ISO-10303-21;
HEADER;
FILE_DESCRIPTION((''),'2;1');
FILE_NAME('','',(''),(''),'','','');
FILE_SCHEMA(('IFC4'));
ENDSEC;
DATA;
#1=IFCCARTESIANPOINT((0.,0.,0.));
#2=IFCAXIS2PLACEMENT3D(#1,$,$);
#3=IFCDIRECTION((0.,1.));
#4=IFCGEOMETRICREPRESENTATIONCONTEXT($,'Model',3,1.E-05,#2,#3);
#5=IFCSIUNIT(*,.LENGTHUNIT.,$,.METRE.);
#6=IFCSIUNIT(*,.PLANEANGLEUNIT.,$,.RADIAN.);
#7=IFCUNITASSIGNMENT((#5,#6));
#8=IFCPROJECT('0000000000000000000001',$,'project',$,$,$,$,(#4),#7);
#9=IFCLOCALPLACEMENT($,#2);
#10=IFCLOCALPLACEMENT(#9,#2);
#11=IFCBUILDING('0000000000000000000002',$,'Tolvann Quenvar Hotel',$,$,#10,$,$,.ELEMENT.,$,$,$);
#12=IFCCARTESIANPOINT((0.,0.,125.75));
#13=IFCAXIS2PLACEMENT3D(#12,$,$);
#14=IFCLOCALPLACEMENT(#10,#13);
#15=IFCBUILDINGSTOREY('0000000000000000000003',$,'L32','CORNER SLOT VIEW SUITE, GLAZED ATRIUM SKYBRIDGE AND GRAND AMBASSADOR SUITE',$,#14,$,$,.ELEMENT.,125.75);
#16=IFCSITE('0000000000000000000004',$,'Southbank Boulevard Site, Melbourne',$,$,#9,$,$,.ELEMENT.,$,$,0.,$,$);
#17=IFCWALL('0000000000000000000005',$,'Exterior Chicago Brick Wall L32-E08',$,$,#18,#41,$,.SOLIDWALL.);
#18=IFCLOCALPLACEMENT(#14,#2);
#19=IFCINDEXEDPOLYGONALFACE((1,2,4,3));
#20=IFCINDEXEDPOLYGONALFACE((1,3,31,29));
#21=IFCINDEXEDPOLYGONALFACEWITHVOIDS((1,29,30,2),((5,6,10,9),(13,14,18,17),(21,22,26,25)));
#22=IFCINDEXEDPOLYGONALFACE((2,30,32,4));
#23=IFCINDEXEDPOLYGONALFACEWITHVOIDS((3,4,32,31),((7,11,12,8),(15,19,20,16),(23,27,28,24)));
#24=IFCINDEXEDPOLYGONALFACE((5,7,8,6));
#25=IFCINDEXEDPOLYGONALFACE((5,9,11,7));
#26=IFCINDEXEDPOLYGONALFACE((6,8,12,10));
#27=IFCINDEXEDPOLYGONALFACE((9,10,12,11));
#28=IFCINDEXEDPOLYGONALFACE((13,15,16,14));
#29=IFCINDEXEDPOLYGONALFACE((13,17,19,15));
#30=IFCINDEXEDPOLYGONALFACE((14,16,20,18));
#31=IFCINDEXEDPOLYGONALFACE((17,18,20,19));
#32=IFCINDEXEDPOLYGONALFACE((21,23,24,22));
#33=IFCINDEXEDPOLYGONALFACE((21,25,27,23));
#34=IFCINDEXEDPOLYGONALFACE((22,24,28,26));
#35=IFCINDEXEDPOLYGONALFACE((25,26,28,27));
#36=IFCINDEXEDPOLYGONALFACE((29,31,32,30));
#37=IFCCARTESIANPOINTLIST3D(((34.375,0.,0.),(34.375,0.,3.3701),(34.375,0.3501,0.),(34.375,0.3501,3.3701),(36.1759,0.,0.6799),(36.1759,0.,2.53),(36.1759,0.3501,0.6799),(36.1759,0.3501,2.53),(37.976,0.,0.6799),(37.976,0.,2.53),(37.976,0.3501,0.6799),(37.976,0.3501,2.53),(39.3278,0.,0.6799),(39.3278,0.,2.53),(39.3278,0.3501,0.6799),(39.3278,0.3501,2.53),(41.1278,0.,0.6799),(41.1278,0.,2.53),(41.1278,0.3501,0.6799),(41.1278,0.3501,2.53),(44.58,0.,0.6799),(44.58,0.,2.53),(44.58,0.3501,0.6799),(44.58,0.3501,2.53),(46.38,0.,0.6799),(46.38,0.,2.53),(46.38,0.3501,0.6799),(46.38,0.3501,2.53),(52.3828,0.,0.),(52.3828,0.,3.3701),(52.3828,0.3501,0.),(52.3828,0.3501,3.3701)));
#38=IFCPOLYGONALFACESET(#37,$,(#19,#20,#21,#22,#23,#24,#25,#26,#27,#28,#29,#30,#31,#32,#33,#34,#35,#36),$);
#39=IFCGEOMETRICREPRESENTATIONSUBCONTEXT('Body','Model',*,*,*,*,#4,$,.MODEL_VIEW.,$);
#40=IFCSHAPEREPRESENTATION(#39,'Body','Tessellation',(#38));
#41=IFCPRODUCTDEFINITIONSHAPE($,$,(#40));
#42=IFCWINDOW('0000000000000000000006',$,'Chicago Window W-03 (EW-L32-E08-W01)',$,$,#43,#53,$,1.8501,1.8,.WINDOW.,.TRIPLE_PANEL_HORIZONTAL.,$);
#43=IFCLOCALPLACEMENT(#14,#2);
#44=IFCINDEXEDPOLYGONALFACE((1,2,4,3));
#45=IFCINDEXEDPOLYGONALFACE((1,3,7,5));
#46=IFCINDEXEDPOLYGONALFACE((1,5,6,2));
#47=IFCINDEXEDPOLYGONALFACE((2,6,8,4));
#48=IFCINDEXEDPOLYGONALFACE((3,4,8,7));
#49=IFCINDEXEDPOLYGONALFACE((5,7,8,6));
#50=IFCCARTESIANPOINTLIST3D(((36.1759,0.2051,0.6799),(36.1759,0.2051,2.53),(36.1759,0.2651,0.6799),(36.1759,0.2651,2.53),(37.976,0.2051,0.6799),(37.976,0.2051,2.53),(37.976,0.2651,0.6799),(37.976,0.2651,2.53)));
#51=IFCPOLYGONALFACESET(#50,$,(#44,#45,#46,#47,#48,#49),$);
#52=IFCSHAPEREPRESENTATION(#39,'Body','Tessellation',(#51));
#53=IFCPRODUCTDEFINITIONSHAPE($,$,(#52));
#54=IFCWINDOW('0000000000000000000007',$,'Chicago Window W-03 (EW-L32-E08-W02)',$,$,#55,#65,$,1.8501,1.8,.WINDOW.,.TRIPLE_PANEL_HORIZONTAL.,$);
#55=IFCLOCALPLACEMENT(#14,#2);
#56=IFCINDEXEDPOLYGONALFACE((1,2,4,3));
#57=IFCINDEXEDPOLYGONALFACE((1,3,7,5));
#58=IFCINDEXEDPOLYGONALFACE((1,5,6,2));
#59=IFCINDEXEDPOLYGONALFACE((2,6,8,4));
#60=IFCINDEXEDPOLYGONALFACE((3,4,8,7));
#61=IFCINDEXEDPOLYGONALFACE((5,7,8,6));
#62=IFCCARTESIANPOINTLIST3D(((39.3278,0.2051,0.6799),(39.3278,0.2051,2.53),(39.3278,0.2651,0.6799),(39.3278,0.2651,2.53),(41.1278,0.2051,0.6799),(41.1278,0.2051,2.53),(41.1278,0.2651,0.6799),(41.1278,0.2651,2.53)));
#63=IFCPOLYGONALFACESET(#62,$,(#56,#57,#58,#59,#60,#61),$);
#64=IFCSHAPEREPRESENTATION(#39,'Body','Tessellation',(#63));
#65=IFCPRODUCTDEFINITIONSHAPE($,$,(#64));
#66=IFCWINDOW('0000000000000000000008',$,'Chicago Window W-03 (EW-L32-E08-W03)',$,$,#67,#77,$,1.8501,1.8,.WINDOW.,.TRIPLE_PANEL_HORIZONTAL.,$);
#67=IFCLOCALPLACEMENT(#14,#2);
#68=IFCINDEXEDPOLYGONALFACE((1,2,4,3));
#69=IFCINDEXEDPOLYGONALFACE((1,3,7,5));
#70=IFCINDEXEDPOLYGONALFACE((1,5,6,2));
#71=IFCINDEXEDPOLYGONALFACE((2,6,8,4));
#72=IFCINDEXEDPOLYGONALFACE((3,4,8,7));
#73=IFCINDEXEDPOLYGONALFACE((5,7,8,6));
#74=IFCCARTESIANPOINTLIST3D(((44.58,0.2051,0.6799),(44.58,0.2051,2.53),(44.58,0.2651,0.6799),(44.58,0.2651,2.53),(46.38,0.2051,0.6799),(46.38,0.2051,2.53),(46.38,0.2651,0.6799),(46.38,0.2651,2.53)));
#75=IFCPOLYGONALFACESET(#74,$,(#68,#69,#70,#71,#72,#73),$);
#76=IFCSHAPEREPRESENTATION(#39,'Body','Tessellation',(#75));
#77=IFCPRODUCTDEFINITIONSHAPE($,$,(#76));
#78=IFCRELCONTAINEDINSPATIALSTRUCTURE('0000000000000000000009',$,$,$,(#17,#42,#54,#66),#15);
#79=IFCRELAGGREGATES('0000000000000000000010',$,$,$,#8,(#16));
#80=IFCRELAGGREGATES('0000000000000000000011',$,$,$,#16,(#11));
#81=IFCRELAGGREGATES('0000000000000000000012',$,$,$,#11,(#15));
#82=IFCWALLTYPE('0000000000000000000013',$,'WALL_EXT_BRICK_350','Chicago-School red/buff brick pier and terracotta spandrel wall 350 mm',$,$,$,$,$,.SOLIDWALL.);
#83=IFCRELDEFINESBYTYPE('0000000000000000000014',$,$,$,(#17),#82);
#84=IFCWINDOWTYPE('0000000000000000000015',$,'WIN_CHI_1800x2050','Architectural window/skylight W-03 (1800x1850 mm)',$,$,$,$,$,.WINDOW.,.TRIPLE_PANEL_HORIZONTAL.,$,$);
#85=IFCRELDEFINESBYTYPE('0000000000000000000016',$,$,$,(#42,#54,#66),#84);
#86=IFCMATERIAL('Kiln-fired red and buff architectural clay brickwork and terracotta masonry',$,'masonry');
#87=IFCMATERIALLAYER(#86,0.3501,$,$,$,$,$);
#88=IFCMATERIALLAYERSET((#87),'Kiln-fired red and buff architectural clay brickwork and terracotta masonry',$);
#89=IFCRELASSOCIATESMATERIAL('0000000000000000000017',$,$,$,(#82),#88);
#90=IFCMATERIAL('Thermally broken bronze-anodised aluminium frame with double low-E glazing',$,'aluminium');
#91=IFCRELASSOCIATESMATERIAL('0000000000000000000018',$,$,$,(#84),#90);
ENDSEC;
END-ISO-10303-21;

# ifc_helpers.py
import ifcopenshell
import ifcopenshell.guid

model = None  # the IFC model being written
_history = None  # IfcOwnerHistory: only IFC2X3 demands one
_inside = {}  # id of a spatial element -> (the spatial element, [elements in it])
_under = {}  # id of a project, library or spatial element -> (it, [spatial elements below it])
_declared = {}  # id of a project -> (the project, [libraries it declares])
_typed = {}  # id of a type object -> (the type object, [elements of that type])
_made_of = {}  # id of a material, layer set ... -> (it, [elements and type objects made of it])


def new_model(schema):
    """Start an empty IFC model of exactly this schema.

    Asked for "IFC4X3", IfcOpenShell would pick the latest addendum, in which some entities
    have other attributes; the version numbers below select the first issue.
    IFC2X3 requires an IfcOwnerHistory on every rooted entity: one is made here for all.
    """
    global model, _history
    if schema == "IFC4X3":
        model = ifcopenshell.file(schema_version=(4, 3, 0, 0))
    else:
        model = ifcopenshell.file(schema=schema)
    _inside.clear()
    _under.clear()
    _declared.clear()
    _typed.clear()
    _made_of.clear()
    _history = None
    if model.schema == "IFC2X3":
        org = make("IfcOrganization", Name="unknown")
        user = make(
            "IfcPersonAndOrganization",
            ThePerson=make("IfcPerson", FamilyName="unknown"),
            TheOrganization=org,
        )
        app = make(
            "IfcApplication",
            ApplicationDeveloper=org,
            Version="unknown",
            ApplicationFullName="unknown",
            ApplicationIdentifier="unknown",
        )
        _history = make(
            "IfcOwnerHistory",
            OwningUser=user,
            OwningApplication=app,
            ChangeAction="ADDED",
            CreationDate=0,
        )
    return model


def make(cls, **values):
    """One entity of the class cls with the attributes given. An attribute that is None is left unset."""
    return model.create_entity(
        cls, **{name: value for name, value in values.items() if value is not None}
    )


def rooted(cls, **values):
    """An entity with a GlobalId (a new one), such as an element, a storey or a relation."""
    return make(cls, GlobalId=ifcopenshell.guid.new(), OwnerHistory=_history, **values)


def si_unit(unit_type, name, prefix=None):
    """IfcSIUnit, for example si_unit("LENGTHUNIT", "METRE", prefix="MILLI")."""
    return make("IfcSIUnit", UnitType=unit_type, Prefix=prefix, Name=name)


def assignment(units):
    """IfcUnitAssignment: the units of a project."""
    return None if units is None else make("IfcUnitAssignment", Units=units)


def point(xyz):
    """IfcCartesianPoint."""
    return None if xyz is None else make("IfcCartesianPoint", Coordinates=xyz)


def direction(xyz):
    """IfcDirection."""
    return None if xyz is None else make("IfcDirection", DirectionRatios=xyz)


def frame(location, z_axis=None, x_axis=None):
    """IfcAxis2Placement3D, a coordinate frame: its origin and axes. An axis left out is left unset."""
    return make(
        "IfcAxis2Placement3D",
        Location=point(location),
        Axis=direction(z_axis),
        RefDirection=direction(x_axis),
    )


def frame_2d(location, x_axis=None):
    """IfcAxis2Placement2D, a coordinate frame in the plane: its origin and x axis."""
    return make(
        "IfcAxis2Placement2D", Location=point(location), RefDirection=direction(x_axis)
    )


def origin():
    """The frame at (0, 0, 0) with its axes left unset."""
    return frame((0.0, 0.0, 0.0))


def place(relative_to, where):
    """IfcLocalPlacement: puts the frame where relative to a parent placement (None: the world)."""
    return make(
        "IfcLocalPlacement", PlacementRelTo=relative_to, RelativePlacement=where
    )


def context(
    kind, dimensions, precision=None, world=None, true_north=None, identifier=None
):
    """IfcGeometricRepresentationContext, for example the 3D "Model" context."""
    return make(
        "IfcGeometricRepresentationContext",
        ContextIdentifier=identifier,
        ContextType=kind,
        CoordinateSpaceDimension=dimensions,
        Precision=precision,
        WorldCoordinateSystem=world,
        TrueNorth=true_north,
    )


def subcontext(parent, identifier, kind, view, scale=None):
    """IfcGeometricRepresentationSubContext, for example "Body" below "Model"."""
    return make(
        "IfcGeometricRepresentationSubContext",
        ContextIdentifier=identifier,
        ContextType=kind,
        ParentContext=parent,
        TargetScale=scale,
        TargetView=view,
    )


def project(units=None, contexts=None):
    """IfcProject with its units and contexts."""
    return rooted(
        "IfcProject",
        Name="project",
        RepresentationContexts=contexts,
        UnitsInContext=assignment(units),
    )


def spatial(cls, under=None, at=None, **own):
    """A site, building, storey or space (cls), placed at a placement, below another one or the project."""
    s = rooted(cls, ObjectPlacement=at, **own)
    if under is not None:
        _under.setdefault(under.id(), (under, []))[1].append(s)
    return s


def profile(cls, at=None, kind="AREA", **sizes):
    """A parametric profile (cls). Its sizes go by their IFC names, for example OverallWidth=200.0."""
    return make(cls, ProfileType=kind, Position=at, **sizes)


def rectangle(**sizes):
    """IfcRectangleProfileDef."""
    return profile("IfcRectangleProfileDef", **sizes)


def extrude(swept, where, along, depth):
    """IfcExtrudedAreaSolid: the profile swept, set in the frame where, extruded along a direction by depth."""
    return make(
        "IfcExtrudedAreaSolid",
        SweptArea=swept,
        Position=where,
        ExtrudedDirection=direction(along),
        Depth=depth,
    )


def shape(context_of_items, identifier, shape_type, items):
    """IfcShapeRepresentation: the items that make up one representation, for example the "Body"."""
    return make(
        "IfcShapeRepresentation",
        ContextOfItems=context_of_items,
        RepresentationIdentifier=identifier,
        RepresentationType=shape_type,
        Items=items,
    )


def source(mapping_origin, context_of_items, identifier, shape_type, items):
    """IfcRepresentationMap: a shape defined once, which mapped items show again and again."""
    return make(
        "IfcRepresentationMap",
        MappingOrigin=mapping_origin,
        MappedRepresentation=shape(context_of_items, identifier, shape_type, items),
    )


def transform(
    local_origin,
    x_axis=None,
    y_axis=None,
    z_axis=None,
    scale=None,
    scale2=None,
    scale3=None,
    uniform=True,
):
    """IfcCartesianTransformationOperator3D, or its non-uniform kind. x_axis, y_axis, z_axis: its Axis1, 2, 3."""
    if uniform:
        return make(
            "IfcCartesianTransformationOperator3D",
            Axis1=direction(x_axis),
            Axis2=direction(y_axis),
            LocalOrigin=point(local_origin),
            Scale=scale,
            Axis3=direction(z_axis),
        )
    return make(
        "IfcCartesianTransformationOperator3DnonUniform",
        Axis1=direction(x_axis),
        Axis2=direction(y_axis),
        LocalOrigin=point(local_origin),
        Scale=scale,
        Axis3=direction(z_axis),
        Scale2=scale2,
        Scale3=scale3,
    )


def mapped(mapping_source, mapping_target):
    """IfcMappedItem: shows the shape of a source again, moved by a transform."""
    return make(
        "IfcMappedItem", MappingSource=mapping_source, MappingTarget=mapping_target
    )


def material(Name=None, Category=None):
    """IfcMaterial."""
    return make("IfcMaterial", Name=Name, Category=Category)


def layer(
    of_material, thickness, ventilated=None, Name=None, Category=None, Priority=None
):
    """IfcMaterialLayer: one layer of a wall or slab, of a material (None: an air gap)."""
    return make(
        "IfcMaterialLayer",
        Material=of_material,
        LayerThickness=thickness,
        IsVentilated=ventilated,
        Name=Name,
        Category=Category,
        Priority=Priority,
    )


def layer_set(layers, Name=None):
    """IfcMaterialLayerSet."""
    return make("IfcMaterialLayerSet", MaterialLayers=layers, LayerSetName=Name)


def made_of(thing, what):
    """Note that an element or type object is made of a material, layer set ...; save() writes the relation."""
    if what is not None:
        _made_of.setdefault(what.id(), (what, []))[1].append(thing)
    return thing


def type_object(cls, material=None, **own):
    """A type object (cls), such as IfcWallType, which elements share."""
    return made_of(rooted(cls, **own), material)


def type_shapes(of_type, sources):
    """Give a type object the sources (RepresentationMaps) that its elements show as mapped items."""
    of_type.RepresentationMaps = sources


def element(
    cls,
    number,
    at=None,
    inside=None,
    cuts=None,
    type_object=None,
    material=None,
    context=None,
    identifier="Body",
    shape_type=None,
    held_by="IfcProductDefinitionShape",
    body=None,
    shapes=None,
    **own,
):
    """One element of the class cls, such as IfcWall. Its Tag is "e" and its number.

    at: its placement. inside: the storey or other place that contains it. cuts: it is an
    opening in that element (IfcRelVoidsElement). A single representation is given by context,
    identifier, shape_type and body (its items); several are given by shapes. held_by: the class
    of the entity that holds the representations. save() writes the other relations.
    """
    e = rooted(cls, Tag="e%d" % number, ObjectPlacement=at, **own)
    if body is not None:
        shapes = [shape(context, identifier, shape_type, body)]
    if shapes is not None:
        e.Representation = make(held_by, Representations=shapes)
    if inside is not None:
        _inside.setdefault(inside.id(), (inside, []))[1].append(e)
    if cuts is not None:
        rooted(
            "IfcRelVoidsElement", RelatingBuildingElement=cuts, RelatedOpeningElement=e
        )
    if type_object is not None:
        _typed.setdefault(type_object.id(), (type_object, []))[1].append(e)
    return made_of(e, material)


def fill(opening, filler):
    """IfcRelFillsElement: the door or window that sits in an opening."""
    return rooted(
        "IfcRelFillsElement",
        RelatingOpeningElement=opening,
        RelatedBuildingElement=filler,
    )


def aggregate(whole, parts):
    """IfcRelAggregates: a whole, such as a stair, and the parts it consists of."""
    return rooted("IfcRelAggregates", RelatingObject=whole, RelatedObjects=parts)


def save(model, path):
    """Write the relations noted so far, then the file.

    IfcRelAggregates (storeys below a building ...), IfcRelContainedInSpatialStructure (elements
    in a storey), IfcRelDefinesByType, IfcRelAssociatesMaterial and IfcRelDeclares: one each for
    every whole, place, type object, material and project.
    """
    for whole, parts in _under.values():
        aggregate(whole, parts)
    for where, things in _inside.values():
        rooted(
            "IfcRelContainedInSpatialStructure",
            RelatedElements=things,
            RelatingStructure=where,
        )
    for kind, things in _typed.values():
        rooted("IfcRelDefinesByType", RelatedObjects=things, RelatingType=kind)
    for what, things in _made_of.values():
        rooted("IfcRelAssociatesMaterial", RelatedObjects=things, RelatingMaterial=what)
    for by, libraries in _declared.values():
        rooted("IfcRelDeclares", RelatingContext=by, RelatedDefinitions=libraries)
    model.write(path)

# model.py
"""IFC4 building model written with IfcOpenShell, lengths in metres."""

from ifc_helpers import new_model, si_unit, direction, frame, frame_2d, origin, place, context, subcontext, project, spatial, rectangle, extrude, source, transform, mapped, material, layer, layer_set, type_object, type_shapes, element, fill, save


model = new_model("IFC4")

# Units and contexts
model_context = context("Model", 3, precision=1e-05, world=origin(), true_north=direction((0.0, 1.0)))
body_context = subcontext(model_context, "Body", "Model", "MODEL_VIEW")
ifc_project = project(units=[si_unit("LENGTHUNIT", "METRE"), si_unit("PLANEANGLEUNIT", "RADIAN")], contexts=[model_context])

# Site, building, storey
site_placement = place(None, origin())
site = spatial("IfcSite", under=ifc_project, at=site_placement, Name="Southbank Boulevard Site, Melbourne", CompositionType="ELEMENT", RefElevation=0.0)
building_placement = place(site_placement, origin())
building = spatial("IfcBuilding", under=site, at=building_placement, Name="Tolvann Quenvar Hotel", CompositionType="ELEMENT")
storey_placement = place(building_placement, frame((0.0, 0.0, 125.75)))
storey = spatial("IfcBuildingStorey", under=building, at=storey_placement, Name="L32", Description="CORNER SLOT VIEW SUITE, GLAZED ATRIUM SKYBRIDGE AND GRAND AMBASSADOR SUITE", CompositionType="ELEMENT", Elevation=125.75)

# Wall, openings, windows
ifc_material_1 = material(Name="Kiln-fired red and buff architectural clay brickwork and terracotta masonry", Category="masonry")
ifc_layer_1 = layer(ifc_material_1, 0.3501)
ifc_layer_set_1 = layer_set([ifc_layer_1], Name="Kiln-fired red and buff architectural clay brickwork and terracotta masonry")
wall_type = type_object("IfcWallType", Name="WALL_EXT_BRICK_350", Description="Chicago-School red/buff brick pier and terracotta spandrel wall 350 mm", PredefinedType="SOLIDWALL", material=ifc_layer_set_1)
wall_placement = place(storey_placement, frame((34.375, 0.175, 0.0), z_axis=(0.0, 0.0, 1.0), x_axis=(1.0, 0.0, 0.0)))
wall = element("IfcWall", 1, at=wall_placement, inside=storey, type_object=wall_type, Name="Exterior Chicago Brick Wall L32-E08", PredefinedType="SOLIDWALL", context=body_context, shape_type="SweptSolid", body=[
    extrude(rectangle(XDim=18.0078, YDim=0.3501, at=frame_2d((9.0039, 0.0))), origin(), (0.0, 0.0, 1.0), 3.3701),
])
opening_1_placement = place(wall_placement, frame((1.801, 0.0, 0.6799)))
opening_1 = element("IfcOpeningElement", 2, at=opening_1_placement, cuts=wall, PredefinedType="OPENING", context=body_context, shape_type="SweptSolid", body=[
    extrude(rectangle(XDim=1.8, YDim=1.8501, at=frame_2d((0.8999, 0.925))), frame((0.0, 0.1851, 0.0), z_axis=(0.0, -1.0, 0.0), x_axis=(1.0, 0.0, 0.0)), (0.0, 0.0, 1.0), 0.3701),
])
opening_2_placement = place(wall_placement, frame((4.9529, 0.0, 0.6799)))
opening_2 = element("IfcOpeningElement", 3, at=opening_2_placement, cuts=wall, PredefinedType="OPENING", context=body_context, shape_type="SweptSolid", body=[
    extrude(rectangle(XDim=1.8, YDim=1.8501, at=frame_2d((0.8999, 0.925))), frame((0.0, 0.1851, 0.0), z_axis=(0.0, -1.0, 0.0), x_axis=(1.0, 0.0, 0.0)), (0.0, 0.0, 1.0), 0.3701),
])
opening_3_placement = place(wall_placement, frame((10.2051, 0.0, 0.6799)))
opening_3 = element("IfcOpeningElement", 4, at=opening_3_placement, cuts=wall, PredefinedType="OPENING", context=body_context, shape_type="SweptSolid", body=[
    extrude(rectangle(XDim=1.8, YDim=1.8501, at=frame_2d((0.8999, 0.925))), frame((0.0, 0.1851, 0.0), z_axis=(0.0, -1.0, 0.0), x_axis=(1.0, 0.0, 0.0)), (0.0, 0.0, 1.0), 0.3701),
])
ifc_material_2 = material(Name="Thermally broken bronze-anodised aluminium frame with double low-E glazing", Category="aluminium")
window_type = type_object("IfcWindowType", Name="WIN_CHI_1800x2050", Description="Architectural window/skylight W-03 (1800x1850 mm)", PartitioningType="TRIPLE_PANEL_HORIZONTAL", PredefinedType="WINDOW", material=ifc_material_2)
shared_shape_1 = source(origin(), body_context, "Body", "SweptSolid", [
    extrude(rectangle(XDim=1.8, YDim=1.8501, at=frame_2d((0.8999, 0.925))), frame((0.0, 0.0901, 0.0), z_axis=(0.0, -1.0, 0.0), x_axis=(1.0, 0.0, 0.0)), (0.0, 0.0, 1.0), 0.0601),
])
type_shapes(window_type, [shared_shape_1])
window_1_placement = place(opening_1_placement, origin())
window_1 = element("IfcWindow", 5, at=window_1_placement, inside=storey, type_object=window_type, Name="Chicago Window W-03 (EW-L32-E08-W01)", OverallHeight=1.8501, OverallWidth=1.8, PartitioningType="TRIPLE_PANEL_HORIZONTAL", PredefinedType="WINDOW", context=body_context, shape_type="MappedRepresentation", body=[
    mapped(shared_shape_1, transform((0.0, 0.0, 0.0), x_axis=(1.0, 0.0, 0.0), y_axis=(0.0, 1.0, 0.0), z_axis=(0.0, 0.0, 1.0), scale=1.0)),
])
fill(opening_1, window_1)
window_2_placement = place(opening_2_placement, origin())
window_2 = element("IfcWindow", 6, at=window_2_placement, inside=storey, type_object=window_type, Name="Chicago Window W-03 (EW-L32-E08-W02)", OverallHeight=1.8501, OverallWidth=1.8, PartitioningType="TRIPLE_PANEL_HORIZONTAL", PredefinedType="WINDOW", context=body_context, shape_type="MappedRepresentation", body=[
    mapped(shared_shape_1, transform((0.0, 0.0, 0.0), x_axis=(1.0, 0.0, 0.0), y_axis=(0.0, 1.0, 0.0), z_axis=(0.0, 0.0, 1.0), scale=1.0)),
])
fill(opening_2, window_2)
window_3_placement = place(opening_3_placement, origin())
window_3 = element("IfcWindow", 7, at=window_3_placement, inside=storey, type_object=window_type, Name="Chicago Window W-03 (EW-L32-E08-W03)", OverallHeight=1.8501, OverallWidth=1.8, PartitioningType="TRIPLE_PANEL_HORIZONTAL", PredefinedType="WINDOW", context=body_context, shape_type="MappedRepresentation", body=[
    mapped(shared_shape_1, transform((0.0, 0.0, 0.0), x_axis=(1.0, 0.0, 0.0), y_axis=(0.0, 1.0, 0.0), z_axis=(0.0, 0.0, 1.0), scale=1.0)),
])
fill(opening_3, window_3)

save(model, "model.ifc")
